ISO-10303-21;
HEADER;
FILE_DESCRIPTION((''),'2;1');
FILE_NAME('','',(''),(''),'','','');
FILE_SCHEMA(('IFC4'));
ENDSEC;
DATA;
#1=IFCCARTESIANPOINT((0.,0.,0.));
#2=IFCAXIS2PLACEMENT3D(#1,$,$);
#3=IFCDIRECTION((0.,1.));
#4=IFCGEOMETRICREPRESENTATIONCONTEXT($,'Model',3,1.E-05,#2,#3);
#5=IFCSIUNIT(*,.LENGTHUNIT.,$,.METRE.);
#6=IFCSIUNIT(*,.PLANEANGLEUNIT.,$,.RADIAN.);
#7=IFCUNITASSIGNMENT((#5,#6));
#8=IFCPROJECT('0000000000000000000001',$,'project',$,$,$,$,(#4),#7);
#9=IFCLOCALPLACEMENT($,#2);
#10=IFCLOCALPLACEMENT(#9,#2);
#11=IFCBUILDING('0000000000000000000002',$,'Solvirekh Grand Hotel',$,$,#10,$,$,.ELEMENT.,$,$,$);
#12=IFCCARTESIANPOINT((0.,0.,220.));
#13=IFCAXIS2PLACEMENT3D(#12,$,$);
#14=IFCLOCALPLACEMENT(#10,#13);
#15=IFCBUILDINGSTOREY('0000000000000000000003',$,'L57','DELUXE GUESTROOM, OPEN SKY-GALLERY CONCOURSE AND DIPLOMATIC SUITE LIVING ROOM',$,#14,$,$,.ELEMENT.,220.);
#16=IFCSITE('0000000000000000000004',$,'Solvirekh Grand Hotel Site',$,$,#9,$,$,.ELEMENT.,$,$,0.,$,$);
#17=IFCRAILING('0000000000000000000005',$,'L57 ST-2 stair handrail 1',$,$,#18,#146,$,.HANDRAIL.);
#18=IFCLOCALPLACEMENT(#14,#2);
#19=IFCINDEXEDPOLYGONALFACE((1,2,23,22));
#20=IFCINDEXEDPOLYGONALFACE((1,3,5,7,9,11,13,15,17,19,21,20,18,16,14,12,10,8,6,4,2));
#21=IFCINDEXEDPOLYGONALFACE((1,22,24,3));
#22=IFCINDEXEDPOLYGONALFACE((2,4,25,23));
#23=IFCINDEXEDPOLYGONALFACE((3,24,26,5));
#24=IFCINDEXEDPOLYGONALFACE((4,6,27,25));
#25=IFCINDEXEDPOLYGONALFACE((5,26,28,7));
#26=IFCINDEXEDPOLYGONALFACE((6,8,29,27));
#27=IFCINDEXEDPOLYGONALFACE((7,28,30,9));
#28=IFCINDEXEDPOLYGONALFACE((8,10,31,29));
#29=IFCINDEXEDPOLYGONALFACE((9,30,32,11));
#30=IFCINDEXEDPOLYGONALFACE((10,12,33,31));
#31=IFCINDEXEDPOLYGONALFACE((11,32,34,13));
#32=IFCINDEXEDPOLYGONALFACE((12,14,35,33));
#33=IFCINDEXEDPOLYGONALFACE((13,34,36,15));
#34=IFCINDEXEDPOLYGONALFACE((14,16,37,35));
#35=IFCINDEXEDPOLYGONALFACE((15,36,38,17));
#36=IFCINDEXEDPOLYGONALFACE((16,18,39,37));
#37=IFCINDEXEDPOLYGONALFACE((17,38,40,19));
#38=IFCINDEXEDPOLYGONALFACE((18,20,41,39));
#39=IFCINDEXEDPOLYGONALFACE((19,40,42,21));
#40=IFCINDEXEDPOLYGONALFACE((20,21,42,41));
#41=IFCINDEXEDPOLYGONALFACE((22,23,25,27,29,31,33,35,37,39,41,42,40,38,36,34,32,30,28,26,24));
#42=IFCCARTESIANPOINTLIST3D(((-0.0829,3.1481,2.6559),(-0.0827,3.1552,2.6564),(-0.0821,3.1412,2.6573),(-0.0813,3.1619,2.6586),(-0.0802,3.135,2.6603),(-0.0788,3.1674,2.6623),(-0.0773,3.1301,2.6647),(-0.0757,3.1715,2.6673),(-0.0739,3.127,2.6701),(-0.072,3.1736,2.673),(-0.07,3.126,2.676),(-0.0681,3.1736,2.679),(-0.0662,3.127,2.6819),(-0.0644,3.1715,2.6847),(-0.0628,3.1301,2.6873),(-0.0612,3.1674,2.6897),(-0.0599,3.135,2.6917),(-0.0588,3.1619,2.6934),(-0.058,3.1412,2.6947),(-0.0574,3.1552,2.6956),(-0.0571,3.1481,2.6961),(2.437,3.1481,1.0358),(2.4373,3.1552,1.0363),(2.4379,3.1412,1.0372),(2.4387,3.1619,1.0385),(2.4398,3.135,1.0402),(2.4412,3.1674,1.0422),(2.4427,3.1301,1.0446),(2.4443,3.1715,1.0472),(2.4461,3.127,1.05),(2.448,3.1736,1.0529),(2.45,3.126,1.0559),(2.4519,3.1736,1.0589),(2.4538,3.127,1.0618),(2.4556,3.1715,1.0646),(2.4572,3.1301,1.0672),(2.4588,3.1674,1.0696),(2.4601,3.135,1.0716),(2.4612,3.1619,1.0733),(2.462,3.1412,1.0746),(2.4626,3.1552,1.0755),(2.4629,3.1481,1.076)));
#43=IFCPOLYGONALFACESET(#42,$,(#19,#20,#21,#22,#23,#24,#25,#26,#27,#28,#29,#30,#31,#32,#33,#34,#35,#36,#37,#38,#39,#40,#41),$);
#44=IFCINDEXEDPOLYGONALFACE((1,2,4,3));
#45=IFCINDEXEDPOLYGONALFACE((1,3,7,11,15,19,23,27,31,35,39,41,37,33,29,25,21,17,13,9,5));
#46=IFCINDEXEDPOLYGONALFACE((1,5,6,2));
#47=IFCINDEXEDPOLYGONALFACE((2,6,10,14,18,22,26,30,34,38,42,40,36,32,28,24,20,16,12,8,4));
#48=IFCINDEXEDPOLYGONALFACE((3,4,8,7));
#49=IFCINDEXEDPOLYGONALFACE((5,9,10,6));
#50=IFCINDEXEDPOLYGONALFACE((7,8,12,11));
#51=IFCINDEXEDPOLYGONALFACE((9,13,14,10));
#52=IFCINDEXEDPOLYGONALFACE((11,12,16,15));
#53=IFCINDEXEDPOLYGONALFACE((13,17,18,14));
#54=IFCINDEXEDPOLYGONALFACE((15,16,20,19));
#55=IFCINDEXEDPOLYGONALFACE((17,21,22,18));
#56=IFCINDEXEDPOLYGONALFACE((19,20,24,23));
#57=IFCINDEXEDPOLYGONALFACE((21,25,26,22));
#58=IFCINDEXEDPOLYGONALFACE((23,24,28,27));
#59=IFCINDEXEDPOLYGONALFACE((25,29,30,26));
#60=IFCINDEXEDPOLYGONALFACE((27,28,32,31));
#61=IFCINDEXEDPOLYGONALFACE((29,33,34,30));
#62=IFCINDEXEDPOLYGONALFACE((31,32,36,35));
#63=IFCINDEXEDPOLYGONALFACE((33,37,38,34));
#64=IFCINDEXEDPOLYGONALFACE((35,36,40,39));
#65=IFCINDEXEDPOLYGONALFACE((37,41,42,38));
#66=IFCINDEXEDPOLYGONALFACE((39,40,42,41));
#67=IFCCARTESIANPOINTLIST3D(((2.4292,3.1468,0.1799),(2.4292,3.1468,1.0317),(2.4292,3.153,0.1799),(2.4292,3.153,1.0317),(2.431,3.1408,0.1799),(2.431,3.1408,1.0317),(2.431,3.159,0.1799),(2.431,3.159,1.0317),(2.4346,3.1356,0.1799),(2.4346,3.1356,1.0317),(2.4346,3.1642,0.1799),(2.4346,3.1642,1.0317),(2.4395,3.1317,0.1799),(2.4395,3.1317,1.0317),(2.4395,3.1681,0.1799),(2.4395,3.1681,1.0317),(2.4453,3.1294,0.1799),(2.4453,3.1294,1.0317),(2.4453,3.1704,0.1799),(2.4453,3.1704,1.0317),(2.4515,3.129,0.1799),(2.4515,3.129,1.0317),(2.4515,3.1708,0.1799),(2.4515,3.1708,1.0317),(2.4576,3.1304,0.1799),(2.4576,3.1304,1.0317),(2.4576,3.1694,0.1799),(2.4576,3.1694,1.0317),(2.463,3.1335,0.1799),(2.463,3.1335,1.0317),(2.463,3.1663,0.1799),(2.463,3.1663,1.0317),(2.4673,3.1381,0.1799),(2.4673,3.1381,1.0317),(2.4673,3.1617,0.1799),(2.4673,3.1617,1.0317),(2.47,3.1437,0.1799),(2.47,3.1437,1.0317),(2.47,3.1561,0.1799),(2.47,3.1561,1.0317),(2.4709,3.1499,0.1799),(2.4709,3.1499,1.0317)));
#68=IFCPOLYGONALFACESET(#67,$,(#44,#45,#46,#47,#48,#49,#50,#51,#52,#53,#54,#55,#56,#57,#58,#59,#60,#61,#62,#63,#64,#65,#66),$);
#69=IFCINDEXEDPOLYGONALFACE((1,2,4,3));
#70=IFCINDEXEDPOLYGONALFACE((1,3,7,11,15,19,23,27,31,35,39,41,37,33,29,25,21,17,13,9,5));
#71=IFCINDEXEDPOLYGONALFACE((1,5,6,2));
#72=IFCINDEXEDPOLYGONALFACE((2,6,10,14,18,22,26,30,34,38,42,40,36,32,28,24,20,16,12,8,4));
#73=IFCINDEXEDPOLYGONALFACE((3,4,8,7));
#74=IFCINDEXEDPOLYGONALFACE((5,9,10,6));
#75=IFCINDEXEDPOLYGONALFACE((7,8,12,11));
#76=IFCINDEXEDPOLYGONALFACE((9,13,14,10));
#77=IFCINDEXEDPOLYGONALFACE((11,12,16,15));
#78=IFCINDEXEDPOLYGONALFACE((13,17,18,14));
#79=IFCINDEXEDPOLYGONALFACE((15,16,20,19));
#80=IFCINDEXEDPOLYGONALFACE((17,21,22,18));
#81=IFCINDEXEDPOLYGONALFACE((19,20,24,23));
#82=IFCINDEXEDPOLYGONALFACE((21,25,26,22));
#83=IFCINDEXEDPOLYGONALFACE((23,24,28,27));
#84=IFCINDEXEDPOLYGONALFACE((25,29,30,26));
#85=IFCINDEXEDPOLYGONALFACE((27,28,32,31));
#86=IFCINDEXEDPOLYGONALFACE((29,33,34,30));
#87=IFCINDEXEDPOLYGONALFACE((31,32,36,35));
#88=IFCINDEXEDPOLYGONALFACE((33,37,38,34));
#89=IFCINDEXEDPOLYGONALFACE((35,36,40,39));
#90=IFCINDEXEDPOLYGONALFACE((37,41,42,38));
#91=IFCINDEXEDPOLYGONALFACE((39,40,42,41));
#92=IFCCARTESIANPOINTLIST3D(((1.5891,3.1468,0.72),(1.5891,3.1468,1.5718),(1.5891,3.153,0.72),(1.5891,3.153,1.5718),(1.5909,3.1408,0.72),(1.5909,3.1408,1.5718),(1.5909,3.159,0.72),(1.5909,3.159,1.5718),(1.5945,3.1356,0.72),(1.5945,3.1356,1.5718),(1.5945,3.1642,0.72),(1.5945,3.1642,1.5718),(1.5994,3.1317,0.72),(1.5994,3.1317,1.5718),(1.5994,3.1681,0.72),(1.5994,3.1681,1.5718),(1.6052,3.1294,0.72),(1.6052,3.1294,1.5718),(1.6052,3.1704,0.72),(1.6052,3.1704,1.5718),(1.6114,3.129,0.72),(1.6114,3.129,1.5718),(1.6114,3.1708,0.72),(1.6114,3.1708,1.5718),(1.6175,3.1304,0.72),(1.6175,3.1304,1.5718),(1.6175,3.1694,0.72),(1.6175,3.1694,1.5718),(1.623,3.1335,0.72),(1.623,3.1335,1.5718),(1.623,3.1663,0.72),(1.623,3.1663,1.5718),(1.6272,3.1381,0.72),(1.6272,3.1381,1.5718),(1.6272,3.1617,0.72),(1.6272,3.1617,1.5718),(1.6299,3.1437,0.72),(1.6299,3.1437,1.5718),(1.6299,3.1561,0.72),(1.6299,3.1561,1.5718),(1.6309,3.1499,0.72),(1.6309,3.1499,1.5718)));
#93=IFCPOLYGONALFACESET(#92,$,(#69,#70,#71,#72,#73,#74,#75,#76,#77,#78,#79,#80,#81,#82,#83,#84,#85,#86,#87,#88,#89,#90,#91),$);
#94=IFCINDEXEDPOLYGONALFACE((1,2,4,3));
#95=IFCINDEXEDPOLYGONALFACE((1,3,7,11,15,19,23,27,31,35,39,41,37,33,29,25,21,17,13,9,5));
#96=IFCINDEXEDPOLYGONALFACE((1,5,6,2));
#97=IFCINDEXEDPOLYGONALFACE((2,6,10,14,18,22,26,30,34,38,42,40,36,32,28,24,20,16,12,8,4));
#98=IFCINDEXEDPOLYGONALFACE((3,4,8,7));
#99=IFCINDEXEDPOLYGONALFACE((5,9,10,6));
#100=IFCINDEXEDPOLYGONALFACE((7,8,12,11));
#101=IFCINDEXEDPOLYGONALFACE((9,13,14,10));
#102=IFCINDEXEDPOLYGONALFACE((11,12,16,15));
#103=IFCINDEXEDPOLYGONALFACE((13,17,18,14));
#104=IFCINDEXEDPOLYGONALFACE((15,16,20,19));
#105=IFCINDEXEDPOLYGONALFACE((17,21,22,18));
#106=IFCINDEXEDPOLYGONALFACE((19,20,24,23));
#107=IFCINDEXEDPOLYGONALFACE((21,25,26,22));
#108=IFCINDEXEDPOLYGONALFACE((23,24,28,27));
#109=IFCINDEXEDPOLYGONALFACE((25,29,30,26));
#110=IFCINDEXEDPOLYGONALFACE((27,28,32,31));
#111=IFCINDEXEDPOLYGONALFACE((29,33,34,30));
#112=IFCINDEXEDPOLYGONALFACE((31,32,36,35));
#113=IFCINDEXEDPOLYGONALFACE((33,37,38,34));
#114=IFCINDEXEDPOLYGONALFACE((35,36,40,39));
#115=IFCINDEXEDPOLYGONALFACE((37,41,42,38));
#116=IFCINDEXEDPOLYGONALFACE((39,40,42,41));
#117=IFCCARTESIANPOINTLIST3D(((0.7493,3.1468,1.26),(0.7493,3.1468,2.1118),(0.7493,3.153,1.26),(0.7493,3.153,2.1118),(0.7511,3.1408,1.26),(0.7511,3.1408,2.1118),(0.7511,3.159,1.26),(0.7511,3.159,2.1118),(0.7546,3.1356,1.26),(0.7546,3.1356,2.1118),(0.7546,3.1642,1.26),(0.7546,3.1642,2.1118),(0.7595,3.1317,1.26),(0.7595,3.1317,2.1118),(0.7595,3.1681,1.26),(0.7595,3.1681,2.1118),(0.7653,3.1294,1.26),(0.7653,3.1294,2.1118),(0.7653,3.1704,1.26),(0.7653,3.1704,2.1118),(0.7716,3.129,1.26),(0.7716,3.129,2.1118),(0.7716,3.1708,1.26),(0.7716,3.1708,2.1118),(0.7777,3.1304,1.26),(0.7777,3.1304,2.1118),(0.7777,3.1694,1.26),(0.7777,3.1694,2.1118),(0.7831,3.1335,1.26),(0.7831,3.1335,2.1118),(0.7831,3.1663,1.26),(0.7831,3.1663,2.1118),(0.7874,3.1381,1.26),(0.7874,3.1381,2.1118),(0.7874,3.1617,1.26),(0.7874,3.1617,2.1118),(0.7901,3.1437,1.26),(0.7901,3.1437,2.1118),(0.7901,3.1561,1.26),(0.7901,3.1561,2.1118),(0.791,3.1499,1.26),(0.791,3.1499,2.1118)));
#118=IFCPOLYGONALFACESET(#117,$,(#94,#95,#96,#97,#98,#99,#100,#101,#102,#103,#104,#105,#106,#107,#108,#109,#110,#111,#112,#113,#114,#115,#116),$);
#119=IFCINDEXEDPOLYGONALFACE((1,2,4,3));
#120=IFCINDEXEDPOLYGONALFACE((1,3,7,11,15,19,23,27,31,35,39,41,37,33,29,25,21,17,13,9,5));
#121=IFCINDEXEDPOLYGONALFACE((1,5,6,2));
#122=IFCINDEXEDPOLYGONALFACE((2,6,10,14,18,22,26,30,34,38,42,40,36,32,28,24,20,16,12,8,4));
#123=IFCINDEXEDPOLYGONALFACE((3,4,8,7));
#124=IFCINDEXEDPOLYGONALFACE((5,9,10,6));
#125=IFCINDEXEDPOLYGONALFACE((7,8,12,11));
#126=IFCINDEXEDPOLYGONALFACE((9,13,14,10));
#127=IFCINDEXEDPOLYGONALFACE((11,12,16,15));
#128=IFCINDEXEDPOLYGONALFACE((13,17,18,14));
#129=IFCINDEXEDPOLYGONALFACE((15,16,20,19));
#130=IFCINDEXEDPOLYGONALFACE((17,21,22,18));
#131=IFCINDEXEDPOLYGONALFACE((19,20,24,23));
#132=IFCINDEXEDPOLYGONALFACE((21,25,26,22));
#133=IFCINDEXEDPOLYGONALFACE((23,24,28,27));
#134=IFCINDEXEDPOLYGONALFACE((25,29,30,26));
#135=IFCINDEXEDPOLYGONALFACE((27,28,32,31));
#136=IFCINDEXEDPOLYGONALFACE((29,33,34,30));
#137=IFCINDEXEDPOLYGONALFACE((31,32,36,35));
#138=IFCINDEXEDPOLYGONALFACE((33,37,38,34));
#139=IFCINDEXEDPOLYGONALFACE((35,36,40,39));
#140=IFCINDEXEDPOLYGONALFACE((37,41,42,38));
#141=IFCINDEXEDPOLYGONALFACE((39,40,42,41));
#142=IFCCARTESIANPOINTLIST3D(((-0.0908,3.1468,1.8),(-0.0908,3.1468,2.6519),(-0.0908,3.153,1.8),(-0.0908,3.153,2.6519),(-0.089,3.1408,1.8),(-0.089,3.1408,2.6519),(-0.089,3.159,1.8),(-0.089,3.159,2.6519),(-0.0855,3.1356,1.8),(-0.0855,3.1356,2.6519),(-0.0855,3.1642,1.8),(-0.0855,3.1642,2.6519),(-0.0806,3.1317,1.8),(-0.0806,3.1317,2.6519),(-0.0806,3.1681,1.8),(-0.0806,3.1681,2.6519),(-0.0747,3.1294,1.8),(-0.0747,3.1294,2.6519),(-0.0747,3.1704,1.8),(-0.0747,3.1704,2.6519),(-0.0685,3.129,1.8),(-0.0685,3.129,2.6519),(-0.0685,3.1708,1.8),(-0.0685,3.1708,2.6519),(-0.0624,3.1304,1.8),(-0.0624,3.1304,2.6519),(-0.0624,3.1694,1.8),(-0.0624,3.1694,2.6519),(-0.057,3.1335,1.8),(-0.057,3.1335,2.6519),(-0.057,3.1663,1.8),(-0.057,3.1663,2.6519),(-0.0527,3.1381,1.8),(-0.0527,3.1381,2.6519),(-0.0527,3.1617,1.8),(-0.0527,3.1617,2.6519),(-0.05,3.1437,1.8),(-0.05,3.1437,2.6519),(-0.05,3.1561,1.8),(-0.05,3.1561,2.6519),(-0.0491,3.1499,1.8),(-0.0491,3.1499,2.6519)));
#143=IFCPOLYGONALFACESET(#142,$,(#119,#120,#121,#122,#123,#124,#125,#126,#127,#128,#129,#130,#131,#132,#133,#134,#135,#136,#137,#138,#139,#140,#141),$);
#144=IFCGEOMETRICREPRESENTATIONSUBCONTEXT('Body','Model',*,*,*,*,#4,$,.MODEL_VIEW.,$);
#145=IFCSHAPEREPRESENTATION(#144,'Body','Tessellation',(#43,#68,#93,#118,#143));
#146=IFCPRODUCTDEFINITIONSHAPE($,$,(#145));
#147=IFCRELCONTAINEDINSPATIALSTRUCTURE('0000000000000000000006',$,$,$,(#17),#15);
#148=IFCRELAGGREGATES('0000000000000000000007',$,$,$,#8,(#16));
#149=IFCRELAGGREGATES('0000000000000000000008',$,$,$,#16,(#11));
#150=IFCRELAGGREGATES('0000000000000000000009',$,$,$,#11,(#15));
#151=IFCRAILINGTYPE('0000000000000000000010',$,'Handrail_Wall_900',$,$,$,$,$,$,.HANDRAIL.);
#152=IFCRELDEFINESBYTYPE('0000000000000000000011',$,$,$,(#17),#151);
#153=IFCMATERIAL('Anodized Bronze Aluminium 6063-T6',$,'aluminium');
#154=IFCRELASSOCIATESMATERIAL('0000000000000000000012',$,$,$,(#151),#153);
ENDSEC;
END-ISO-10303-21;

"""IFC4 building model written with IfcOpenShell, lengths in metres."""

from ifc_helpers import new_model, si_unit, direction, frame, origin, origin_2d, place, context, subcontext, project, spatial, circle, extrude, material, type_object, element, save


model = new_model("IFC4")

# Units and contexts
model_context = context("Model", 3, precision=1e-05, world=origin(), true_north=direction((0.0, 1.0)))
body_context = subcontext(model_context, "Body", "Model", "MODEL_VIEW")
ifc_project = project(units=[si_unit("LENGTHUNIT", "METRE"), si_unit("PLANEANGLEUNIT", "RADIAN")], contexts=[model_context])

# Site, building, storey
site_placement = place(None, origin())
site = spatial("IfcSite", under=ifc_project, at=site_placement, Name="Solvirekh Grand Hotel Site", CompositionType="ELEMENT", RefElevation=0.0)
building_placement = place(site_placement, origin())
building = spatial("IfcBuilding", under=site, at=building_placement, Name="Solvirekh Grand Hotel", CompositionType="ELEMENT")
storey_placement = place(building_placement, frame((0.0, 0.0, 220.0)))
storey = spatial("IfcBuildingStorey", under=building, at=storey_placement, Name="L57", Description="DELUXE GUESTROOM, OPEN SKY-GALLERY CONCOURSE AND DIPLOMATIC SUITE LIVING ROOM", CompositionType="ELEMENT", Elevation=220.0)

# Railing
ifc_material_1 = material(Name="Anodized Bronze Aluminium 6063-T6", Category="aluminium")
railing_type_1 = type_object("IfcRailingType", Name="Handrail_Wall_900", PredefinedType="HANDRAIL", material=ifc_material_1)
railing_1_placement = place(storey_placement, frame((2.45, 3.1499, 0.1799)))
element("IfcRailing", 1, at=railing_1_placement, inside=storey, type_object=railing_type_1, Name="L57 ST-2 stair handrail 1", PredefinedType="HANDRAIL", context=body_context, shape_type="SweptSolid", body=[
    extrude(circle(Radius=0.0239, at=origin_2d()), frame((0.0, 0.0, 0.876), z_axis=(-0.841163, 0.0, 0.540782), x_axis=(0.0, -1.0, 0.0)), (0.0, 0.0, 1.0), 2.9958),
    extrude(circle(Radius=0.021, at=origin_2d()), origin(), (0.0, 0.0, 1.0), 0.8518),
    extrude(circle(Radius=0.021, at=origin_2d()), frame((-0.8401, 0.0, 0.54)), (0.0, 0.0, 1.0), 0.8518),
    extrude(circle(Radius=0.021, at=origin_2d()), frame((-1.6799, 0.0, 1.0801)), (0.0, 0.0, 1.0), 0.8518),
    extrude(circle(Radius=0.021, at=origin_2d()), frame((-2.52, 0.0, 1.6201)), (0.0, 0.0, 1.0), 0.8518),
])

save(model, "model.ifc")
